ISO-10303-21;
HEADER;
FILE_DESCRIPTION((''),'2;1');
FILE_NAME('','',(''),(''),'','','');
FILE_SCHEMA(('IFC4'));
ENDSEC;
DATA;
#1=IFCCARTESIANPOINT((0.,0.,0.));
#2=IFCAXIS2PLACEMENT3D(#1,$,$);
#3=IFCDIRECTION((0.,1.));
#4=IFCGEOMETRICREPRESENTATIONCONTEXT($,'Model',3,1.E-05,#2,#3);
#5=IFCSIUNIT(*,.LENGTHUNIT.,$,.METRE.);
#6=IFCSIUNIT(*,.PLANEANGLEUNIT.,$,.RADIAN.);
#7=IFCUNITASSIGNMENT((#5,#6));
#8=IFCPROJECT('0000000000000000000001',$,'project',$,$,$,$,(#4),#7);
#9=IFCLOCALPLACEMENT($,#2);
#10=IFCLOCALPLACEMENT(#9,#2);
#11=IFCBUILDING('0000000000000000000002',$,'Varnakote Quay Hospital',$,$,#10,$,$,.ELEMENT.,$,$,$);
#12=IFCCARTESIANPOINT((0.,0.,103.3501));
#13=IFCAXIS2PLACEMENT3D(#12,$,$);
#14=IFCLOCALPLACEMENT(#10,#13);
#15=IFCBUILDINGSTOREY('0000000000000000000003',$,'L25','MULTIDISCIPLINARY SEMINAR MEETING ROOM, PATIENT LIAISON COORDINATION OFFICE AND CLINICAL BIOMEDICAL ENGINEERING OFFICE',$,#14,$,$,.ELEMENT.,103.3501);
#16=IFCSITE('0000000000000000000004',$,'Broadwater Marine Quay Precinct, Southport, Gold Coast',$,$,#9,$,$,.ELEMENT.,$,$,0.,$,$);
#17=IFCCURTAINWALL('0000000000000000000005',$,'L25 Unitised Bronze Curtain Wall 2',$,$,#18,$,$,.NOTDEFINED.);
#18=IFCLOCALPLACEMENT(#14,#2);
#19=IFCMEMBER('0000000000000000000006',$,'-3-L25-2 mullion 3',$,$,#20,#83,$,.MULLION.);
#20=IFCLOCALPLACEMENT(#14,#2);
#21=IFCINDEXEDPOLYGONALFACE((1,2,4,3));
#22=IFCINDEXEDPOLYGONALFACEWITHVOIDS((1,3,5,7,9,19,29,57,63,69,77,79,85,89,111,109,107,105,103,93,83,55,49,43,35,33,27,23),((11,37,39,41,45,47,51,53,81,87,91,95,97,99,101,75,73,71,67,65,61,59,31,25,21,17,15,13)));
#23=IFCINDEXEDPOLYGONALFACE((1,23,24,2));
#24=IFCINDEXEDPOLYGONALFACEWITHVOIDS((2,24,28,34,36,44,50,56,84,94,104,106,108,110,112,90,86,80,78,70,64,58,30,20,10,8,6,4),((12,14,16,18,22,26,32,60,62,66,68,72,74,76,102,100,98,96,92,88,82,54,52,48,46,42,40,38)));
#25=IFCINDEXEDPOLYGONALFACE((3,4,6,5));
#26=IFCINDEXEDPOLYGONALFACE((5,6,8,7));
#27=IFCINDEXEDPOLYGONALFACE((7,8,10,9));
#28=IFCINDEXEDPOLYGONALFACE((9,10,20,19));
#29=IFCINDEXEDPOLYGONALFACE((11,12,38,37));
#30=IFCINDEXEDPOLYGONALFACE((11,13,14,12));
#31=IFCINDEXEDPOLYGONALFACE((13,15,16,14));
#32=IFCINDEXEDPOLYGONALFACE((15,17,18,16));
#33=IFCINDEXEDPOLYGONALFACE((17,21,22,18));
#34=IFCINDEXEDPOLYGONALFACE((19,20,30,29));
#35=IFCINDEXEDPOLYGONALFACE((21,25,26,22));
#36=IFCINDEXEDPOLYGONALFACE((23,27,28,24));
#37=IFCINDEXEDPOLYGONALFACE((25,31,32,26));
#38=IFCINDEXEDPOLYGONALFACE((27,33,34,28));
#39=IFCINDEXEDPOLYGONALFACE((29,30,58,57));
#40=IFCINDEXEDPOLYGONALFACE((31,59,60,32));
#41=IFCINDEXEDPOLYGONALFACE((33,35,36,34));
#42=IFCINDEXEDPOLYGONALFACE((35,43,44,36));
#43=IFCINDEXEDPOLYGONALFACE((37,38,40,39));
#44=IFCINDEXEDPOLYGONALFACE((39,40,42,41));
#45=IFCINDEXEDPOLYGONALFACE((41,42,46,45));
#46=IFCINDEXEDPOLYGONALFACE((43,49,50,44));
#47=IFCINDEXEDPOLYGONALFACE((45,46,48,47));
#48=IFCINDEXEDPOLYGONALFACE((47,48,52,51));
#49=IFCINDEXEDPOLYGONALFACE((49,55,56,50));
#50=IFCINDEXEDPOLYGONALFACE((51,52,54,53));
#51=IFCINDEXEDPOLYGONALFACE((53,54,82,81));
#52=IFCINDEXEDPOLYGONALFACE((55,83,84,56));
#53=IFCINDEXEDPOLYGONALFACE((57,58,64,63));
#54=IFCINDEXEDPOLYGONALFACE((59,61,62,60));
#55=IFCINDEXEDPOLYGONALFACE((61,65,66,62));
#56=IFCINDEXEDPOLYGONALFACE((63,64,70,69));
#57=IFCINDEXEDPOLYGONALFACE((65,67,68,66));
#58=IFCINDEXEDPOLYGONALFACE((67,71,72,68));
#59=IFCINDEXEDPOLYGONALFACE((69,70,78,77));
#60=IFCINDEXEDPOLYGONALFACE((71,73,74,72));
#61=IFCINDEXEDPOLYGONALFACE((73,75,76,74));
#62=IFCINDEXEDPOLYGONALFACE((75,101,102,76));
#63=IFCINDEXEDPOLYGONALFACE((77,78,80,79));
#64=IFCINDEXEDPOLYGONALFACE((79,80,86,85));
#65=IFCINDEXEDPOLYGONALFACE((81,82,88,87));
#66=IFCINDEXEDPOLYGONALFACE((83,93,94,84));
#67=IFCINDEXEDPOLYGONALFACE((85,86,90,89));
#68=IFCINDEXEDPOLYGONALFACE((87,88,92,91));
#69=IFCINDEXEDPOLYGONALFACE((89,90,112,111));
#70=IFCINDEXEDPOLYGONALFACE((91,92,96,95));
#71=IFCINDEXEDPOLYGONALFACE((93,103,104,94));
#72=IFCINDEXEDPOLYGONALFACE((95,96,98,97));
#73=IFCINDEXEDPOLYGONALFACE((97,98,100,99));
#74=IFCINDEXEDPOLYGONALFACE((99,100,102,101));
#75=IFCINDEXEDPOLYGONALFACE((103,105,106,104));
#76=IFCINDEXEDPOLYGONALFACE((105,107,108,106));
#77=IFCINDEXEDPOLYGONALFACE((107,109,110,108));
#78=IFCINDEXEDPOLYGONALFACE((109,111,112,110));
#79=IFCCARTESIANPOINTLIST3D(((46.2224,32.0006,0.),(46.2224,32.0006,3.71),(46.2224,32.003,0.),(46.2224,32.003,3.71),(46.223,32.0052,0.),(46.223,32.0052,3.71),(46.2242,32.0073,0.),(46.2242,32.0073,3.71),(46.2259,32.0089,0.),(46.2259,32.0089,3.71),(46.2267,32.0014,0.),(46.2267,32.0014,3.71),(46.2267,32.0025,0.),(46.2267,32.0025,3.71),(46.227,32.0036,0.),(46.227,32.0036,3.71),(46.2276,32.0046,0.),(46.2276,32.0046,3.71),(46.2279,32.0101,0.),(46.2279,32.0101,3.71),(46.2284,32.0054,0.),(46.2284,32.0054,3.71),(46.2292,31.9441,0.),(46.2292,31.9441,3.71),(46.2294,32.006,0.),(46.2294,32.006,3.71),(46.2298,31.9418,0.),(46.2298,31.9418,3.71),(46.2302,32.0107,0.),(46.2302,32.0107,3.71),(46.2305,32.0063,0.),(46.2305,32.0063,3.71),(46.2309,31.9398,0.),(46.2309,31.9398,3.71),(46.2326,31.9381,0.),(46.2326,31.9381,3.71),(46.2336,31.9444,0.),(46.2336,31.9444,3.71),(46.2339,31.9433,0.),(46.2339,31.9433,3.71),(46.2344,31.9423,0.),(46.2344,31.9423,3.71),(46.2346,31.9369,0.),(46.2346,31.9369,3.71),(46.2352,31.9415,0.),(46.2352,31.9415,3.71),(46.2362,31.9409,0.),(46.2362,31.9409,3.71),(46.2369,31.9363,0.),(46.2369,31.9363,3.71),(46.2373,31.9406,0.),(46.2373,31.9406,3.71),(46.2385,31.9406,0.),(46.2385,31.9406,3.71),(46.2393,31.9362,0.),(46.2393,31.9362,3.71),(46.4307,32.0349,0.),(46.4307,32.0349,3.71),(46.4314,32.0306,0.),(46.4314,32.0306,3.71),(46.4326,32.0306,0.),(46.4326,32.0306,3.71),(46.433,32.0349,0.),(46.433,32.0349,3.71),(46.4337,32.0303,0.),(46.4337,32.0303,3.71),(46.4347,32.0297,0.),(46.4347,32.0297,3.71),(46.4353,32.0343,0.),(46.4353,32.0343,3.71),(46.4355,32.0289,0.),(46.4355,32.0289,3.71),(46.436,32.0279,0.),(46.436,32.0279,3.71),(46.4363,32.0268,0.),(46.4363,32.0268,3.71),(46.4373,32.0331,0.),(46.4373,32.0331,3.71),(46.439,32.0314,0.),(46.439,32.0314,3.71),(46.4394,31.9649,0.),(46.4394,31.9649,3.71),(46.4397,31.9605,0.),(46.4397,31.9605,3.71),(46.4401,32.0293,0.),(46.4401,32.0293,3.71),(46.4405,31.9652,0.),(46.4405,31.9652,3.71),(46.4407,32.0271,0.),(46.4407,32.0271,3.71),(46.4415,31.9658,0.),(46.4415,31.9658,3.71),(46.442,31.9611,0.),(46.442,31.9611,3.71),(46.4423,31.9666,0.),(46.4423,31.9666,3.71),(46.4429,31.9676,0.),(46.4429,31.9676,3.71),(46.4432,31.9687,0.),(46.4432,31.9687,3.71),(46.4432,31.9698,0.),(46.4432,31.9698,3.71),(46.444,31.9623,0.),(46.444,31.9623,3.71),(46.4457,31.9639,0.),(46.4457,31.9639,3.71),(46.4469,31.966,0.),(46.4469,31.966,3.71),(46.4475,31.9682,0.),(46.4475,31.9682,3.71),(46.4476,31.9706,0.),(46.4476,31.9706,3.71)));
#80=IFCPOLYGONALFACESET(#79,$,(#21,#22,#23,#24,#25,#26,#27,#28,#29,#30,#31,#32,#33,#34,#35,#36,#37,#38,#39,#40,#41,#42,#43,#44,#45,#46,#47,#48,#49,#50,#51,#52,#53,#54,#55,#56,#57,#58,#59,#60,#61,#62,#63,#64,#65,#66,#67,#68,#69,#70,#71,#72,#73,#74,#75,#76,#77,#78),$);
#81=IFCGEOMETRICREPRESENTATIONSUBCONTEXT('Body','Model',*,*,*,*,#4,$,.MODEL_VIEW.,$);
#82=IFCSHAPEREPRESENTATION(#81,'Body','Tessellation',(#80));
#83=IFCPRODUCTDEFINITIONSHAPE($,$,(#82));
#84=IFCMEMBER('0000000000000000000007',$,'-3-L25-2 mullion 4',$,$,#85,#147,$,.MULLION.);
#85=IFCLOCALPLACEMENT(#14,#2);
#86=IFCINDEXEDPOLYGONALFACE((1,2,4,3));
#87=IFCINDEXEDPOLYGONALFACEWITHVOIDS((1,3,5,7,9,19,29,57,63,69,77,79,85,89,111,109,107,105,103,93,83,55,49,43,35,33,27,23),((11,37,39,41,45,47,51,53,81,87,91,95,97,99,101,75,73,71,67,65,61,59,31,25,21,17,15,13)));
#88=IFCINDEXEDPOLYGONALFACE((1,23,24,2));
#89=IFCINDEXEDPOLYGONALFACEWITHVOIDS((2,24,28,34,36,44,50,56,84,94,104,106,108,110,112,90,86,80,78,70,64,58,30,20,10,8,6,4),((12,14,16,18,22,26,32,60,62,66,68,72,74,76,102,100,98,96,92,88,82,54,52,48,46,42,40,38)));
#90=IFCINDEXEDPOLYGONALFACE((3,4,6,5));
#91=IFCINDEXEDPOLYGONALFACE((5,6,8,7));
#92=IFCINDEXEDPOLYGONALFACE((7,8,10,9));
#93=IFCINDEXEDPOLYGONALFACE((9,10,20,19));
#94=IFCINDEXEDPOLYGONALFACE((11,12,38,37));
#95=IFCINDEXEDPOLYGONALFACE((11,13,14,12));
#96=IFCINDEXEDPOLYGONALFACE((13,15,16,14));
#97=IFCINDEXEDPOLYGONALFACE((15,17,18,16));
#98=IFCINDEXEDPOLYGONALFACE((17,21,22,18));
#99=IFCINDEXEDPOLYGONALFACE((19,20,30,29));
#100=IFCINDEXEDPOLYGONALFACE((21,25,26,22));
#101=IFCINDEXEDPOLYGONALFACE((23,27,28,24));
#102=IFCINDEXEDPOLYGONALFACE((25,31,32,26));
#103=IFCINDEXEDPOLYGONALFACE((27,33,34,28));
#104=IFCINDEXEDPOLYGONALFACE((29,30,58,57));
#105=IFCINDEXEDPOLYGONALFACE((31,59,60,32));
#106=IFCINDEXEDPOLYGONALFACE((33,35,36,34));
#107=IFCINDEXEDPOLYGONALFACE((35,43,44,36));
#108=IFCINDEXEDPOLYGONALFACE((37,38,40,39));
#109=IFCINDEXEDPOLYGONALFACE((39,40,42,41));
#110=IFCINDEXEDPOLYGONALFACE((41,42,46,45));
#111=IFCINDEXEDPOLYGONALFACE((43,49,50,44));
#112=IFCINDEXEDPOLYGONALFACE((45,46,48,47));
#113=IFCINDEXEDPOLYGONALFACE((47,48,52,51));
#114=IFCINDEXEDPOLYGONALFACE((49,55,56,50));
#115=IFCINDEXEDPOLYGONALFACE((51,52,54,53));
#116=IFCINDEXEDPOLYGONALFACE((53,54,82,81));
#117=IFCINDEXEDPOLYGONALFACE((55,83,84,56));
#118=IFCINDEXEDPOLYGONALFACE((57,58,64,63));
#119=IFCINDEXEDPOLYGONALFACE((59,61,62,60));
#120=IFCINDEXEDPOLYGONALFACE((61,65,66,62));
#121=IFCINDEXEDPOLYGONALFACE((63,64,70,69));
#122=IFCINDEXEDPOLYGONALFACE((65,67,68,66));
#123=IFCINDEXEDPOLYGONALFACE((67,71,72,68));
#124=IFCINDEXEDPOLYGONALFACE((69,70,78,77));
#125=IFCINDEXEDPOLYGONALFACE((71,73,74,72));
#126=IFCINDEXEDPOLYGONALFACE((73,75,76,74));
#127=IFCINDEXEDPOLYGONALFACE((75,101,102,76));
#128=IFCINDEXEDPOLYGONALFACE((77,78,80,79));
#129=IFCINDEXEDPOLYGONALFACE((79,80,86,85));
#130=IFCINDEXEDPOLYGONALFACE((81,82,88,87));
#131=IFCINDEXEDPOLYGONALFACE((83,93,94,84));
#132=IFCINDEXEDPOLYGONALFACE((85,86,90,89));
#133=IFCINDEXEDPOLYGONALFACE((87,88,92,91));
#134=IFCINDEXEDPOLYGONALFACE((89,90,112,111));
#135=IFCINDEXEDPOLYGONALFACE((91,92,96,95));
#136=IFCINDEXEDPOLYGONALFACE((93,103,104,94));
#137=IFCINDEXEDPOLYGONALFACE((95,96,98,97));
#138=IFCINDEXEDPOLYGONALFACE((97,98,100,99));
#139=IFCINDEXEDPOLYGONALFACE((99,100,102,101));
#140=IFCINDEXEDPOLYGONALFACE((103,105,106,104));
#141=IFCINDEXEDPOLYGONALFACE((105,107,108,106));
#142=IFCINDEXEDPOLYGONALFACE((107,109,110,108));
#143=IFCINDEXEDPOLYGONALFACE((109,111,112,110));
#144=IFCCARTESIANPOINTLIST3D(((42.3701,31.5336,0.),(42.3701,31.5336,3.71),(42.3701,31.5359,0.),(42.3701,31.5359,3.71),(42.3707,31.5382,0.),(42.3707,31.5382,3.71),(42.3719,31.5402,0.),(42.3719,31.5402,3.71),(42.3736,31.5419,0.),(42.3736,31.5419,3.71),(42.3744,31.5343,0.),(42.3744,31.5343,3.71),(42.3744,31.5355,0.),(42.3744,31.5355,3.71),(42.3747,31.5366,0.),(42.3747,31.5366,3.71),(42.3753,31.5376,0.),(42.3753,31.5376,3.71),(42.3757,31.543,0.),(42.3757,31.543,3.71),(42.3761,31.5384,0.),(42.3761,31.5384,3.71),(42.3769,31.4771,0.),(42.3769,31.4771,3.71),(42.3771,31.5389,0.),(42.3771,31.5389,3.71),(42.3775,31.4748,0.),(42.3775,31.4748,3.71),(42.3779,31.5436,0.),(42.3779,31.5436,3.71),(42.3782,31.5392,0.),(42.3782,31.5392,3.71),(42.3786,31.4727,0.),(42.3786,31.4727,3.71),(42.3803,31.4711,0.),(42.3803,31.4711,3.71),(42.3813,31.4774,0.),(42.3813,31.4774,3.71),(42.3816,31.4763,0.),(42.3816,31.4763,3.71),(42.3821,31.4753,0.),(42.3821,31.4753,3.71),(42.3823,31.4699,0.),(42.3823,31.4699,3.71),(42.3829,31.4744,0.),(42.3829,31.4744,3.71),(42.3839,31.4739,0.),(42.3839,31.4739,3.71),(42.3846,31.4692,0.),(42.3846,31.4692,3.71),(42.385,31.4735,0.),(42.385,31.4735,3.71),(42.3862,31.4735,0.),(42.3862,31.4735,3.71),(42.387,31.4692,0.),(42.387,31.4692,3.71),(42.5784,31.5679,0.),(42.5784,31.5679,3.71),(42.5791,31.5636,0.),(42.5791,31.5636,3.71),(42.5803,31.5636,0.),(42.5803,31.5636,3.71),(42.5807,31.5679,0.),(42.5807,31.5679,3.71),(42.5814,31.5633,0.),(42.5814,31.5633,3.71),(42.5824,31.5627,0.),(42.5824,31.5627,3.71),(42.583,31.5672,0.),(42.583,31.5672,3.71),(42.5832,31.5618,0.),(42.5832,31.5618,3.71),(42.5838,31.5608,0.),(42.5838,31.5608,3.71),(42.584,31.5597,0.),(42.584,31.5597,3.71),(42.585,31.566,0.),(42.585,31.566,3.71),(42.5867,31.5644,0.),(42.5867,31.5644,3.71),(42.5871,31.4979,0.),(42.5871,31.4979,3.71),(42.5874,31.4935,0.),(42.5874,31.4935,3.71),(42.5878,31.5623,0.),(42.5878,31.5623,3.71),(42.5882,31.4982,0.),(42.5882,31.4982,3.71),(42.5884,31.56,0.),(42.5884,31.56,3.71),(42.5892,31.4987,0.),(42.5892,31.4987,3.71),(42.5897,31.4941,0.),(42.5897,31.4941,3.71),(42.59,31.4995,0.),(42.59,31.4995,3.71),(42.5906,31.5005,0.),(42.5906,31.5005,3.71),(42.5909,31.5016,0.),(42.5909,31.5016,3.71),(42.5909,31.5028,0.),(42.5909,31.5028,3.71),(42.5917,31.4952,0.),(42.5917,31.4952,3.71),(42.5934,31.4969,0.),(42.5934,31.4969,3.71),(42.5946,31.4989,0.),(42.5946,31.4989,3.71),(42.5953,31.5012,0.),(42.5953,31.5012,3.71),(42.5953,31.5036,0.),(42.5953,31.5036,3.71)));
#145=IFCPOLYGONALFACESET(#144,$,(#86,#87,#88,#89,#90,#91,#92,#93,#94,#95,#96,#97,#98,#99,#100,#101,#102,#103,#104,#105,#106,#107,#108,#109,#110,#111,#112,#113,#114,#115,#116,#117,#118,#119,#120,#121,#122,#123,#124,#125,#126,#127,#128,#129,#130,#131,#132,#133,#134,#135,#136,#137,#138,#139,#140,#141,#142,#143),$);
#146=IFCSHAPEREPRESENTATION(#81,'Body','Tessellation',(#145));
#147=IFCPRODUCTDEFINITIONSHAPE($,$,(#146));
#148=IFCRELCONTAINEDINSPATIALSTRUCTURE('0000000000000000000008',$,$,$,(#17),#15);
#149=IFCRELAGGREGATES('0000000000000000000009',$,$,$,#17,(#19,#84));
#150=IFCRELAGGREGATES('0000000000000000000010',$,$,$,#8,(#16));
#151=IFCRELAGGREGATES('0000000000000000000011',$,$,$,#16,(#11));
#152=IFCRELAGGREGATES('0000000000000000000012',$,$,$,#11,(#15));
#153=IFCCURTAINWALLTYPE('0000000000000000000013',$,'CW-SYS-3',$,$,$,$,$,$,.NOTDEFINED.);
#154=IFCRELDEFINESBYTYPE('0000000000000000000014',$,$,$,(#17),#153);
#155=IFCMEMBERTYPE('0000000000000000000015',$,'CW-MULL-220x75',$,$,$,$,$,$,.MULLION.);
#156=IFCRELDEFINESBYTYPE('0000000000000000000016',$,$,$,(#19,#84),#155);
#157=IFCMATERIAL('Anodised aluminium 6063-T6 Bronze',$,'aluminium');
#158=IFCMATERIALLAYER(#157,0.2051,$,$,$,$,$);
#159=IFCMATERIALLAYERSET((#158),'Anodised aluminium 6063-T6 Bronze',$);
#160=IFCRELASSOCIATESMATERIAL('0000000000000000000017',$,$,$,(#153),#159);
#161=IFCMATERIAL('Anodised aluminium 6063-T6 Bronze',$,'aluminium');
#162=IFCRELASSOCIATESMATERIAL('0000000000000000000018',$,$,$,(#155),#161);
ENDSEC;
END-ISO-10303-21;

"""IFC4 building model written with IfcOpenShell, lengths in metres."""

from ifc_helpers import new_model, si_unit, direction, frame, origin, origin_2d, place, context, subcontext, project, spatial, hollow_rectangle, extrude, material, layer, layer_set, material_profile, profile_set, type_object, element, aggregate, save


model = new_model("IFC4")

# Units and contexts
model_context = context("Model", 3, precision=1e-05, world=origin(), true_north=direction((0.0, 1.0)))
body_context = subcontext(model_context, "Body", "Model", "MODEL_VIEW")
ifc_project = project(units=[si_unit("LENGTHUNIT", "METRE"), si_unit("PLANEANGLEUNIT", "RADIAN")], contexts=[model_context])

# Site, building, storey
site_placement = place(None, origin())
site = spatial("IfcSite", under=ifc_project, at=site_placement, Name="Broadwater Marine Quay Precinct, Southport, Gold Coast", CompositionType="ELEMENT", RefElevation=0.0)
building_placement = place(site_placement, origin())
building = spatial("IfcBuilding", under=site, at=building_placement, Name="Varnakote Quay Hospital", CompositionType="ELEMENT")
storey_placement = place(building_placement, frame((0.0, 0.0, 103.3501)))
storey = spatial("IfcBuildingStorey", under=building, at=storey_placement, Name="L25", Description="MULTIDISCIPLINARY SEMINAR MEETING ROOM, PATIENT LIAISON COORDINATION OFFICE AND CLINICAL BIOMEDICAL ENGINEERING OFFICE", CompositionType="ELEMENT", Elevation=103.3501)

# Curtain wall, members
ifc_material_1 = material(Name="Anodised aluminium 6063-T6 Bronze", Category="aluminium")
ifc_layer_1 = layer(ifc_material_1, 0.2051)
ifc_layer_set_1 = layer_set([ifc_layer_1], Name="Anodised aluminium 6063-T6 Bronze")
curtain_wall_type = type_object("IfcCurtainWallType", Name="CW-SYS-3", PredefinedType="NOTDEFINED", material=ifc_layer_set_1)
curtain_wall_placement = place(storey_placement, origin())
curtain_wall = element("IfcCurtainWall", 1, at=curtain_wall_placement, inside=storey, type_object=curtain_wall_type, Name="L25 Unitised Bronze Curtain Wall 2", PredefinedType="NOTDEFINED")
ifc_material_2 = material(Name="Anodised aluminium 6063-T6 Bronze", Category="aluminium")
ifc_material_profile_1 = material_profile(ifc_material_2, hollow_rectangle(XDim=0.075, YDim=0.22, WallThickness=0.0044, InnerFilletRadius=0.0044, OuterFilletRadius=0.009, at=origin_2d()), Name="CW-MULL-220x75")
ifc_profile_set_1 = profile_set([ifc_material_profile_1], Name="Anodised aluminium 6063-T6 Bronze")
member_type_1 = type_object("IfcMemberType", Name="CW-MULL-220x75", PredefinedType="MULLION", material=ifc_profile_set_1)
member_1_placement = place(storey_placement, frame((46.335, 31.9856, 0.0), z_axis=(0.0, 0.0, 1.0), x_axis=(0.120327, -0.992734, 0.0)))
member_1 = element("IfcMember", 2, at=member_1_placement, type_object=member_type_1, Name="-3-L25-2 mullion 3", PredefinedType="MULLION", context=body_context, shape_type="SweptSolid", body=[
    extrude(hollow_rectangle(XDim=0.075, YDim=0.22, WallThickness=0.0044, InnerFilletRadius=0.0044, OuterFilletRadius=0.009, at=origin_2d()), origin(), (0.0, 0.0, 1.0), 3.71),
])
member_2_placement = place(storey_placement, frame((42.4827, 31.5186, 0.0), z_axis=(0.0, 0.0, 1.0), x_axis=(0.120327, -0.992734, 0.0)))
member_2 = element("IfcMember", 3, at=member_2_placement, type_object=member_type_1, Name="-3-L25-2 mullion 4", PredefinedType="MULLION", context=body_context, shape_type="SweptSolid", body=[
    extrude(hollow_rectangle(XDim=0.075, YDim=0.22, WallThickness=0.0044, InnerFilletRadius=0.0044, OuterFilletRadius=0.009, at=origin_2d()), origin(), (0.0, 0.0, 1.0), 3.71),
])

aggregate(curtain_wall, [member_1, member_2])

save(model, "model.ifc")
